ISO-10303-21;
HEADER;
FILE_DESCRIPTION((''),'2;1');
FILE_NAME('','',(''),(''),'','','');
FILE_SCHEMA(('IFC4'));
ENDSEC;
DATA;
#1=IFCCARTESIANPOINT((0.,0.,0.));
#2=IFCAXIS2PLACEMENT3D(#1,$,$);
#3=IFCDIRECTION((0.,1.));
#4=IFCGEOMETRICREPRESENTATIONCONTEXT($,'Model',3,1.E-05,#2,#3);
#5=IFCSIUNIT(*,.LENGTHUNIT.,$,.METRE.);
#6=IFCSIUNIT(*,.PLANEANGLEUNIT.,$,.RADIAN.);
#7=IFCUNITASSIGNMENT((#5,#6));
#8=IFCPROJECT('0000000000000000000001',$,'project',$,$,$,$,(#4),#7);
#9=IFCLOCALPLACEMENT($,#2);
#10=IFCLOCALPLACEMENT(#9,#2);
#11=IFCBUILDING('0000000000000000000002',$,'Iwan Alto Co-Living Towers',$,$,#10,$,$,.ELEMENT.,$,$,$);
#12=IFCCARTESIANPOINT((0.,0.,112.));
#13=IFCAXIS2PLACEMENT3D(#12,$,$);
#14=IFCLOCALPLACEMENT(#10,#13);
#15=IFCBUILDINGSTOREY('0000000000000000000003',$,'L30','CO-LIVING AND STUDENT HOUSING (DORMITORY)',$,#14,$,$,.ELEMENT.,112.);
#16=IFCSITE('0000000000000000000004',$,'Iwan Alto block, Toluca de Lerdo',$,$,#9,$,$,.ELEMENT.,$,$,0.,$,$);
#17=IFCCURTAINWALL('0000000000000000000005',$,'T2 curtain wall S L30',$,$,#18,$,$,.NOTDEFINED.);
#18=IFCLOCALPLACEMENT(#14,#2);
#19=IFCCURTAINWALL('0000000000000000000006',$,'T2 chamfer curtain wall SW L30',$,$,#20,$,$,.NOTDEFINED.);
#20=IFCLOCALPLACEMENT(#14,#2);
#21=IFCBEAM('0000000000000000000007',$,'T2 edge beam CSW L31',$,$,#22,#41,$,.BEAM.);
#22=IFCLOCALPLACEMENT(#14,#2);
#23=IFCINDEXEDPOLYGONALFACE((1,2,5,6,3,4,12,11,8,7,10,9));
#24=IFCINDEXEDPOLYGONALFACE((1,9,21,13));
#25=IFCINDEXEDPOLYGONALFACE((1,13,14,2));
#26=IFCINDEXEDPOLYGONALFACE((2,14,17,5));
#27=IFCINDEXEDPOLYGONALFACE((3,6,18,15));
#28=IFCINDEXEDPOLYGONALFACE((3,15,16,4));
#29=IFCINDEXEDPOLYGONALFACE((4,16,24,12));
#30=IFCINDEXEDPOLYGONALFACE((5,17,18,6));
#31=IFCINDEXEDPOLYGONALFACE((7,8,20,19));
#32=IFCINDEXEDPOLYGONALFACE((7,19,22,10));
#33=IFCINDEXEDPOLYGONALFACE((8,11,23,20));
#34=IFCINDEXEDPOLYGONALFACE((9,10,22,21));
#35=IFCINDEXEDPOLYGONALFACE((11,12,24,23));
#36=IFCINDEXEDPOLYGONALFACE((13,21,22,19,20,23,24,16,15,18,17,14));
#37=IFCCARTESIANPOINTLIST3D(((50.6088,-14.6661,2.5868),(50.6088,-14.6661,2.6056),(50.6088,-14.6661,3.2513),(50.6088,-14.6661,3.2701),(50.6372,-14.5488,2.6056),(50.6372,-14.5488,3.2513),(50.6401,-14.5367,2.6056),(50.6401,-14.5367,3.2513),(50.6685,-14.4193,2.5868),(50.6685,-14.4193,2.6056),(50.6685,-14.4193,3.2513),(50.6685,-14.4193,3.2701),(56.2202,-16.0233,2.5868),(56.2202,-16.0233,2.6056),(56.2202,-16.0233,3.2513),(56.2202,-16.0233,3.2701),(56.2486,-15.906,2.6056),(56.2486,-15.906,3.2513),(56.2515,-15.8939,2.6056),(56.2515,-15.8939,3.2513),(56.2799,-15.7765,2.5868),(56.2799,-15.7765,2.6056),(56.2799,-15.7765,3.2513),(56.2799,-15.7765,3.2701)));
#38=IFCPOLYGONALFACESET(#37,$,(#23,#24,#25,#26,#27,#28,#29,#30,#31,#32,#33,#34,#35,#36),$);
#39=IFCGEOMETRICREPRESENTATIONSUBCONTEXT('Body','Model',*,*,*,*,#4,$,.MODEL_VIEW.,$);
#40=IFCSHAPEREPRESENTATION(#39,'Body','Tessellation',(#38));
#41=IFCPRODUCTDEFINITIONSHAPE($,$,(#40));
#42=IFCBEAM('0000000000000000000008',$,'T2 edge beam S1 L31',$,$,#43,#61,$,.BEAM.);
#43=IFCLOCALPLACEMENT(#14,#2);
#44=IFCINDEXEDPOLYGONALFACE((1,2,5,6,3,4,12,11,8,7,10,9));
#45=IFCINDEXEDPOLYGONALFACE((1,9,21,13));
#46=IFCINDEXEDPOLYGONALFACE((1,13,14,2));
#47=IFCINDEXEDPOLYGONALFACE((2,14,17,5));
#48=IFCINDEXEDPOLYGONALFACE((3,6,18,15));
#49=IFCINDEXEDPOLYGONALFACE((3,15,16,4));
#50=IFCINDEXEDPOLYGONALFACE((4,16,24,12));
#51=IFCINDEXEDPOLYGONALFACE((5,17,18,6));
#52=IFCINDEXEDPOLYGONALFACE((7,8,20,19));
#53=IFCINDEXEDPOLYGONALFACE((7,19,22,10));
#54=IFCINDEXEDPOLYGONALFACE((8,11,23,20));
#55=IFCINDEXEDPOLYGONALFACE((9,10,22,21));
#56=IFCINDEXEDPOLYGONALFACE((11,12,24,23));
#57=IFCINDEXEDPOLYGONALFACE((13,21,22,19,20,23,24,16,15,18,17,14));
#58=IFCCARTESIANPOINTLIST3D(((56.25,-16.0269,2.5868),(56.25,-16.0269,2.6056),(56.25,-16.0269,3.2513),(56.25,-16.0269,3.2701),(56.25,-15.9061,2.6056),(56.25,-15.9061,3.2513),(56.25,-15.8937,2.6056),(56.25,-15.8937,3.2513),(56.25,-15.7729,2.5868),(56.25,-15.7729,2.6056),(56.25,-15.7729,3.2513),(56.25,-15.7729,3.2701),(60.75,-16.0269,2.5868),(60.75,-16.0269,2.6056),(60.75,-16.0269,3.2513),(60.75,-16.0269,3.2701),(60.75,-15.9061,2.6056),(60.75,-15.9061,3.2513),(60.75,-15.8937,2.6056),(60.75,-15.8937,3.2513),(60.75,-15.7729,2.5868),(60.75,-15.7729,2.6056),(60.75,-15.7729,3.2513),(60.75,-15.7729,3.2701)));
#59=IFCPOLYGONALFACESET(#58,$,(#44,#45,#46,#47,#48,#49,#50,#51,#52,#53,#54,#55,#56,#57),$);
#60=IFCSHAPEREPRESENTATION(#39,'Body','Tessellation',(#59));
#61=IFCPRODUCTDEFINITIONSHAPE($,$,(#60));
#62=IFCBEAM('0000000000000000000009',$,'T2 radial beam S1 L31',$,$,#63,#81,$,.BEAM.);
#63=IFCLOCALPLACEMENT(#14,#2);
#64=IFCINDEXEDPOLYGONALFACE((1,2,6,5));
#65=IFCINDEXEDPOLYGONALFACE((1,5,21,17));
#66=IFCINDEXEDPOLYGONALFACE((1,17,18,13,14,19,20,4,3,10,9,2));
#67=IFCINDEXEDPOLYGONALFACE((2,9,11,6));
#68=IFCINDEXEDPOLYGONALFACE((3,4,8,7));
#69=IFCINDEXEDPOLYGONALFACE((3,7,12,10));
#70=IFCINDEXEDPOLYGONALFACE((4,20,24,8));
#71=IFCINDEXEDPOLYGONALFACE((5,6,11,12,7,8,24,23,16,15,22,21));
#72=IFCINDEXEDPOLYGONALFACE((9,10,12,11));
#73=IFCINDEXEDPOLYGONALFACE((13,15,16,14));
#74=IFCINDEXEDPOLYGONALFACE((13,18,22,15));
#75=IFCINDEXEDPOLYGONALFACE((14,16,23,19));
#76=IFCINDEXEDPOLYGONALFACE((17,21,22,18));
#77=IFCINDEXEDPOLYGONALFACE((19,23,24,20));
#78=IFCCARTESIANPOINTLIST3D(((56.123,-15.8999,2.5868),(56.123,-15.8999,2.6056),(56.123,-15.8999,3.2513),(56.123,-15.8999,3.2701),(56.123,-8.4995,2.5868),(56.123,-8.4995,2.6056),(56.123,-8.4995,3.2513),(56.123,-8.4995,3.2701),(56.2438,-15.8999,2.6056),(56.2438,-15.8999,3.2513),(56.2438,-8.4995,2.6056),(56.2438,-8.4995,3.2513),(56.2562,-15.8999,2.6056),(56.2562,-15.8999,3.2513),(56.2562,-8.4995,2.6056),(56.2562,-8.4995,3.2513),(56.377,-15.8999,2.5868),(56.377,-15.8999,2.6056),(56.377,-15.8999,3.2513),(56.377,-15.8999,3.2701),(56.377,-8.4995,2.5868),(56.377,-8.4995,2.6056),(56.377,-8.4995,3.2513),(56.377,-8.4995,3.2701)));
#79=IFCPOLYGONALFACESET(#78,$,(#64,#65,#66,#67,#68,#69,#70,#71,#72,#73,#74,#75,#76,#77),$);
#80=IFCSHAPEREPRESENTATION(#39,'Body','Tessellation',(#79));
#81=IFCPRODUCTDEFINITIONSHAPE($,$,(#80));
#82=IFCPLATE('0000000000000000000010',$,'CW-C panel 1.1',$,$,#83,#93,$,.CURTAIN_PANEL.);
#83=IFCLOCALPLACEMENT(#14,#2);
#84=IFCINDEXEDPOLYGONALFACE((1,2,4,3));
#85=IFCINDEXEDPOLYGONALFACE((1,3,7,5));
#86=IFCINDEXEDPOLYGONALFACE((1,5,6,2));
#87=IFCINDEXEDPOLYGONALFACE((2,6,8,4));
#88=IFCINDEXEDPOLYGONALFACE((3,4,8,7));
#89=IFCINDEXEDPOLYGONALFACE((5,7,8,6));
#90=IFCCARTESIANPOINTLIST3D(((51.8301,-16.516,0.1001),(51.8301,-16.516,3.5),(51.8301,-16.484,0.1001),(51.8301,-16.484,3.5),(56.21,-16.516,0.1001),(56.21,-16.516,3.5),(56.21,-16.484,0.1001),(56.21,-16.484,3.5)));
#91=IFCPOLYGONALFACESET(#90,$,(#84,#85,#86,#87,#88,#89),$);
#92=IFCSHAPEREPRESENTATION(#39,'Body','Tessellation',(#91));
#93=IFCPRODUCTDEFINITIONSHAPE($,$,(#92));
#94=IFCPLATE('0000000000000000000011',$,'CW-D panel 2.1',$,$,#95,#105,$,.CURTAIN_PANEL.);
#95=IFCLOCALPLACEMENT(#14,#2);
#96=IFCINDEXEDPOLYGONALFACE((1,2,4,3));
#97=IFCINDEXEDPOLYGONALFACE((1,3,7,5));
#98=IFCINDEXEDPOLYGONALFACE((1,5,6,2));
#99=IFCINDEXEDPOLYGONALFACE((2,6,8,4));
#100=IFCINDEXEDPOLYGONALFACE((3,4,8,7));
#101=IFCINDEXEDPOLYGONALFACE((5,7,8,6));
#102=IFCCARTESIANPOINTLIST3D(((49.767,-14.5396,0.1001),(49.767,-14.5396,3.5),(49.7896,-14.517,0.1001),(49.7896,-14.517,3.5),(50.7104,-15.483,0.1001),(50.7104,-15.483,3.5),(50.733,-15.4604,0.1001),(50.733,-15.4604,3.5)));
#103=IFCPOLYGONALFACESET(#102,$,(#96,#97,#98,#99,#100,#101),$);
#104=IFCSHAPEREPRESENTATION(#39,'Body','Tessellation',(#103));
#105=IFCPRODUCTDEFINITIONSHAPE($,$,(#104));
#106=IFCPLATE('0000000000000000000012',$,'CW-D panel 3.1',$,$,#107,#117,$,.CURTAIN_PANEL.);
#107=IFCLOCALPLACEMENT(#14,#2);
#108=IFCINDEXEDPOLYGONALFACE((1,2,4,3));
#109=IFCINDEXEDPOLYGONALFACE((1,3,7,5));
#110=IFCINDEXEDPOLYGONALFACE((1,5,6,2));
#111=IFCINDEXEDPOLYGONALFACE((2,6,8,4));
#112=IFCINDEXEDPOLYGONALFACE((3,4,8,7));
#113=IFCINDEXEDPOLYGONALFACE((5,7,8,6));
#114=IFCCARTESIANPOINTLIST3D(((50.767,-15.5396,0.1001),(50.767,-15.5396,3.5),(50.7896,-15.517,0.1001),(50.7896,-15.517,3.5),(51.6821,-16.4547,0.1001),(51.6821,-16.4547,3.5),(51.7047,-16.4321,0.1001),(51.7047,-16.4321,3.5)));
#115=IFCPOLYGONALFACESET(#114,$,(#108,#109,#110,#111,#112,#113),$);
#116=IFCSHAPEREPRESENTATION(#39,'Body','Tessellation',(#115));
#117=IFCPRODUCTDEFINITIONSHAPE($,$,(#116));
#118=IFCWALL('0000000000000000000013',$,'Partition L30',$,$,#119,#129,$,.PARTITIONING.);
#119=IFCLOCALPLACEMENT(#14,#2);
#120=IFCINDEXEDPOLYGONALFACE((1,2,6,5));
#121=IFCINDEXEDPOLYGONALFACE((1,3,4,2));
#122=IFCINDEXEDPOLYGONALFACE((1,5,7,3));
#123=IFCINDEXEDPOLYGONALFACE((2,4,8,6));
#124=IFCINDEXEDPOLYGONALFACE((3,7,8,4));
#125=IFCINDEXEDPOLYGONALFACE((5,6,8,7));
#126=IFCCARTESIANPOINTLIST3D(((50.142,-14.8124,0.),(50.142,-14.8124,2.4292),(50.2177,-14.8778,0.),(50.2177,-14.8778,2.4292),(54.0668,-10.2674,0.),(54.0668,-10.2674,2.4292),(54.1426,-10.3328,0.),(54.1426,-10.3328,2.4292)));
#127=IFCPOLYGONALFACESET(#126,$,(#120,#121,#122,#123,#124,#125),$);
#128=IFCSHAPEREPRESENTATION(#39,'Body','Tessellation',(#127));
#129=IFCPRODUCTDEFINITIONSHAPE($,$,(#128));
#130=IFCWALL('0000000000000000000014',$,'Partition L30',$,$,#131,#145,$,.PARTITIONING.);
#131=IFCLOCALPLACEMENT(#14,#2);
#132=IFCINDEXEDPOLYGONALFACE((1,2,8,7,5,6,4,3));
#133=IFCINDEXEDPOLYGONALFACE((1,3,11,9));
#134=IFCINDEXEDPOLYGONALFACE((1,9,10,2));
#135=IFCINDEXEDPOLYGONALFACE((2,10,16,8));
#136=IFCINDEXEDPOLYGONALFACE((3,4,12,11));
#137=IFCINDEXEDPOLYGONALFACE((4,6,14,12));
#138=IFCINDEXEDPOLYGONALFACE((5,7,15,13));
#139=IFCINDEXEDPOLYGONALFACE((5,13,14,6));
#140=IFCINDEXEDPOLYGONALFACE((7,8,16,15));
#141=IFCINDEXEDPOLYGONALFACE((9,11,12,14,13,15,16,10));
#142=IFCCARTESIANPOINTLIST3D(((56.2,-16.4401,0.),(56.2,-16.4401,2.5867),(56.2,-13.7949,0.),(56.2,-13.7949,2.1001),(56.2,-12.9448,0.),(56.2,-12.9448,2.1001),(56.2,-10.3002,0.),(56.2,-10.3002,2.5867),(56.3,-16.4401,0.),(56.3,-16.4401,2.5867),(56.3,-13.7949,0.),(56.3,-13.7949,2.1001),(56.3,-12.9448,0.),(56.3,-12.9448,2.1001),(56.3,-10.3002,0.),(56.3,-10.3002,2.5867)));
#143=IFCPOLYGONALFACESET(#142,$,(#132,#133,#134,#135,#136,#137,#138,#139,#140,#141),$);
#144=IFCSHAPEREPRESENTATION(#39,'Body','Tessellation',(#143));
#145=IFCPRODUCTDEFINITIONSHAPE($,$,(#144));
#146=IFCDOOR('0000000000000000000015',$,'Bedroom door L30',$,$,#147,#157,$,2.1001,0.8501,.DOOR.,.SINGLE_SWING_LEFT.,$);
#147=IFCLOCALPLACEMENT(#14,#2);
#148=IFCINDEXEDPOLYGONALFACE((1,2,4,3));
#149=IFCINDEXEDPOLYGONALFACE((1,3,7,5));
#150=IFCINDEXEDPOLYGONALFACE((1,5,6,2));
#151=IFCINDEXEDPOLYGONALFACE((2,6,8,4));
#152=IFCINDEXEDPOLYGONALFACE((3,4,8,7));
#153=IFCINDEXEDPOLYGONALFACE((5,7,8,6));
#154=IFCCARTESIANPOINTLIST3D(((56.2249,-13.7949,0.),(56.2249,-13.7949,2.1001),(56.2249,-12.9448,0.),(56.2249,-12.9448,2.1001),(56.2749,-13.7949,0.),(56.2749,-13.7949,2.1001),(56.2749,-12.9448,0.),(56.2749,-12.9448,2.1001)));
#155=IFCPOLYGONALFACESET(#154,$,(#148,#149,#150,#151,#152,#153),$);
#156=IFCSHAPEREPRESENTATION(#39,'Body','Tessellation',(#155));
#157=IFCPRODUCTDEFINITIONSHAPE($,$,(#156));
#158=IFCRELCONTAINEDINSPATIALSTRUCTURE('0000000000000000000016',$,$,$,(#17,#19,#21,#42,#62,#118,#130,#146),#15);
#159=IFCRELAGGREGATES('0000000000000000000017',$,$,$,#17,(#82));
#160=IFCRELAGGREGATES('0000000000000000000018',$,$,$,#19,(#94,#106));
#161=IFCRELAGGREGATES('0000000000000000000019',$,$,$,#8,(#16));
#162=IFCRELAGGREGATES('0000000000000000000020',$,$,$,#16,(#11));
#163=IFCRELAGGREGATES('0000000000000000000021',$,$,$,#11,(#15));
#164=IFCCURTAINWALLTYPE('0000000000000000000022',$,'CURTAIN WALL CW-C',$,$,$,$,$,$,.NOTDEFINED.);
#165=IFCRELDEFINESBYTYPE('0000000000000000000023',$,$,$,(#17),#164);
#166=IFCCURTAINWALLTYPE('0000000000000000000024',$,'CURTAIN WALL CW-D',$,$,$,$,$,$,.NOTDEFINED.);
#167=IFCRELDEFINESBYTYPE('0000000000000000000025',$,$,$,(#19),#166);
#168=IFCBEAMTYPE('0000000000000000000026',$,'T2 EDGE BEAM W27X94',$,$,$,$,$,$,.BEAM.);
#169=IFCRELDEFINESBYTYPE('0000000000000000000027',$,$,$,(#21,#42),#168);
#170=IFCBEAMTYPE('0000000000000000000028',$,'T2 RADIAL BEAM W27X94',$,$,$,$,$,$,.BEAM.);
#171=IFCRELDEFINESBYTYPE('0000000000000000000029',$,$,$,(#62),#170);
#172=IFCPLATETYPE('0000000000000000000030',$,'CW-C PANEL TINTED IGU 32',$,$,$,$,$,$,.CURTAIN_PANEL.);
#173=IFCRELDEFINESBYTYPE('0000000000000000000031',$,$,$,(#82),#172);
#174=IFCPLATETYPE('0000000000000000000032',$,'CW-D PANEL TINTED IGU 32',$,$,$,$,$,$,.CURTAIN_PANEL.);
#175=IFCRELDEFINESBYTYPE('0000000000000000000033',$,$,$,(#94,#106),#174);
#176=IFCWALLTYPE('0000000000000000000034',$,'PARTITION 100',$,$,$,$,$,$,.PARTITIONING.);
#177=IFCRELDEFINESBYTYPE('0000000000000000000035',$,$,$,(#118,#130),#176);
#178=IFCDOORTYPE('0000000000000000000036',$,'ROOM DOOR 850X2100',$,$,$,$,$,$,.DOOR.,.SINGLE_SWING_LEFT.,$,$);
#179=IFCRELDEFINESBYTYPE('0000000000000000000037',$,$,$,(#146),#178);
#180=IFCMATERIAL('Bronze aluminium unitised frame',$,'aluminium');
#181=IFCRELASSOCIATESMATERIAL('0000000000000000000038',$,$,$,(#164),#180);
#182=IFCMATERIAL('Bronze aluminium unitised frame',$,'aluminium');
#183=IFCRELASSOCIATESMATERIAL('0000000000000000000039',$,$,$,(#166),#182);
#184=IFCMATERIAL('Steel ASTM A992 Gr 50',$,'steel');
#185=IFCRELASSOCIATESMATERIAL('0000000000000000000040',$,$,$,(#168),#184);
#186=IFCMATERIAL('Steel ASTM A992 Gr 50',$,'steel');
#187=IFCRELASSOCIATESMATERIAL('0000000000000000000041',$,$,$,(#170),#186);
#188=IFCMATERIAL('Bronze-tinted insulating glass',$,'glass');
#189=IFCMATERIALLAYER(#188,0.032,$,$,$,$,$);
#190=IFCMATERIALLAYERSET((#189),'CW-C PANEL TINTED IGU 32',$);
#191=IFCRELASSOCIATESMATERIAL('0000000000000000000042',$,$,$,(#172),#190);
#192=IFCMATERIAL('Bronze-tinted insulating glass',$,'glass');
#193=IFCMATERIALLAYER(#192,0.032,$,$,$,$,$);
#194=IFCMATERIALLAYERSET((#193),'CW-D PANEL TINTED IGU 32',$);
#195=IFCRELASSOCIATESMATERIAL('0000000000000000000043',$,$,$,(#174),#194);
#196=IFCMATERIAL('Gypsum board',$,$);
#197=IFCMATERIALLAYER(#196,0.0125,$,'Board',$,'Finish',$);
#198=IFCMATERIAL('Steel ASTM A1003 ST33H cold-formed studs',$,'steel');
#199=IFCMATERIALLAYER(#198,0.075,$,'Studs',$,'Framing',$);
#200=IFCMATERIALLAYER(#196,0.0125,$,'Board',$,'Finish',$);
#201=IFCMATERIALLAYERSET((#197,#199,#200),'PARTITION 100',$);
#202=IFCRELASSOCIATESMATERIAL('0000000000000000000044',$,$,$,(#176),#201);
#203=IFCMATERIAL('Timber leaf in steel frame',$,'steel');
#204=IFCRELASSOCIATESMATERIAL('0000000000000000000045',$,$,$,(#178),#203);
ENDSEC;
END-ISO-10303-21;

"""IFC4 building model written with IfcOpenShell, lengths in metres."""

from ifc_helpers import new_model, si_unit, direction, frame, frame_2d, origin, origin_2d, place, context, subcontext, project, spatial, rectangle, i_section, extrude, material, layer, layer_set, material_profile, profile_set, type_object, element, fill, aggregate, save


model = new_model("IFC4")

# Units and contexts
model_context = context("Model", 3, precision=1e-05, world=origin(), true_north=direction((0.0, 1.0)))
body_context = subcontext(model_context, "Body", "Model", "MODEL_VIEW")
ifc_project = project(units=[si_unit("LENGTHUNIT", "METRE"), si_unit("PLANEANGLEUNIT", "RADIAN")], contexts=[model_context])

# Site, building, storey
site_placement = place(None, origin())
site = spatial("IfcSite", under=ifc_project, at=site_placement, Name="Iwan Alto block, Toluca de Lerdo", CompositionType="ELEMENT", RefElevation=0.0)
building_placement = place(site_placement, origin())
building = spatial("IfcBuilding", under=site, at=building_placement, Name="Iwan Alto Co-Living Towers", CompositionType="ELEMENT")
storey_placement = place(building_placement, frame((0.0, 0.0, 112.0)))
storey = spatial("IfcBuildingStorey", under=building, at=storey_placement, Name="L30", Description="CO-LIVING AND STUDENT HOUSING (DORMITORY)", CompositionType="ELEMENT", Elevation=112.0)

# Curtain walls
ifc_material_1 = material(Name="Bronze aluminium unitised frame", Category="aluminium")
curtain_wall_type_1 = type_object("IfcCurtainWallType", Name="CURTAIN WALL CW-C", PredefinedType="NOTDEFINED", material=ifc_material_1)
curtain_wall_1_placement = place(storey_placement, origin())
curtain_wall_1 = element("IfcCurtainWall", 1, at=curtain_wall_1_placement, inside=storey, type_object=curtain_wall_type_1, Name="T2 curtain wall S L30", PredefinedType="NOTDEFINED")
ifc_material_2 = material(Name="Bronze aluminium unitised frame", Category="aluminium")
curtain_wall_type_2 = type_object("IfcCurtainWallType", Name="CURTAIN WALL CW-D", PredefinedType="NOTDEFINED", material=ifc_material_2)
curtain_wall_2_placement = place(storey_placement, origin())
curtain_wall_2 = element("IfcCurtainWall", 2, at=curtain_wall_2_placement, inside=storey, type_object=curtain_wall_type_2, Name="T2 chamfer curtain wall SW L30", PredefinedType="NOTDEFINED")

# Beams
ifc_material_3 = material(Name="Steel ASTM A992 Gr 50", Category="steel")
ifc_material_profile_1 = material_profile(ifc_material_3, i_section(OverallWidth=0.2539, OverallDepth=0.6833, WebThickness=0.0125, FlangeThickness=0.0188, at=origin_2d()), Name="W27X94")
ifc_profile_set_1 = profile_set([ifc_material_profile_1], Name="Steel ASTM A992 Gr 50")
beam_type_1 = type_object("IfcBeamType", Name="T2 EDGE BEAM W27X94", PredefinedType="BEAM", material=ifc_profile_set_1)
beam_1_placement = place(storey_placement, frame((50.6387, -14.5427, 2.9285), z_axis=(0.971975, -0.235086, 0.0), x_axis=(0.235086, 0.971975, 0.0)))
element("IfcBeam", 3, at=beam_1_placement, inside=storey, type_object=beam_type_1, Name="T2 edge beam CSW L31", PredefinedType="BEAM", context=body_context, shape_type="SweptSolid", body=[
    extrude(i_section(OverallWidth=0.2539, OverallDepth=0.6833, WebThickness=0.0125, FlangeThickness=0.0188, at=origin_2d()), origin(), (0.0, 0.0, 1.0), 5.7732),
])
beam_2_placement = place(storey_placement, frame((56.25, -15.8999, 2.9285), z_axis=(1.0, 0.0, 0.0), x_axis=(0.0, 1.0, 0.0)))
element("IfcBeam", 4, at=beam_2_placement, inside=storey, type_object=beam_type_1, Name="T2 edge beam S1 L31", PredefinedType="BEAM", context=body_context, shape_type="SweptSolid", body=[
    extrude(i_section(OverallWidth=0.2539, OverallDepth=0.6833, WebThickness=0.0125, FlangeThickness=0.0188, at=origin_2d()), origin(), (0.0, 0.0, 1.0), 4.5),
])
ifc_material_4 = material(Name="Steel ASTM A992 Gr 50", Category="steel")
ifc_material_profile_2 = material_profile(ifc_material_4, i_section(OverallWidth=0.2539, OverallDepth=0.6833, WebThickness=0.0125, FlangeThickness=0.0188, at=origin_2d()), Name="W27X94")
ifc_profile_set_2 = profile_set([ifc_material_profile_2], Name="Steel ASTM A992 Gr 50")
beam_type_2 = type_object("IfcBeamType", Name="T2 RADIAL BEAM W27X94", PredefinedType="BEAM", material=ifc_profile_set_2)
beam_3_placement = place(storey_placement, frame((56.25, -15.8999, 2.9285), z_axis=(0.0, 1.0, 0.0), x_axis=(-1.0, 0.0, 0.0)))
element("IfcBeam", 5, at=beam_3_placement, inside=storey, type_object=beam_type_2, Name="T2 radial beam S1 L31", PredefinedType="BEAM", context=body_context, shape_type="SweptSolid", body=[
    extrude(i_section(OverallWidth=0.2539, OverallDepth=0.6833, WebThickness=0.0125, FlangeThickness=0.0188, at=origin_2d()), origin(), (0.0, 0.0, 1.0), 7.4004),
])

# Plates
ifc_material_5 = material(Name="Bronze-tinted insulating glass", Category="glass")
ifc_layer_1 = layer(ifc_material_5, 0.032)
ifc_layer_set_1 = layer_set([ifc_layer_1], Name="CW-C PANEL TINTED IGU 32")
plate_type_1 = type_object("IfcPlateType", Name="CW-C PANEL TINTED IGU 32", PredefinedType="CURTAIN_PANEL", material=ifc_layer_set_1)
plate_1_placement = place(storey_placement, frame((54.02, -16.5, 0.1001), z_axis=(0.0, 0.0, 1.0), x_axis=(1.0, 0.0, 0.0)))
plate_1 = element("IfcPlate", 6, at=plate_1_placement, type_object=plate_type_1, Name="CW-C panel 1.1", PredefinedType="CURTAIN_PANEL", context=body_context, shape_type="SweptSolid", body=[
    extrude(rectangle(XDim=4.3799, YDim=0.032, at=origin_2d()), origin(), (0.0, 0.0, 1.0), 3.3999),
])
aggregate(curtain_wall_1, [plate_1])
ifc_material_6 = material(Name="Bronze-tinted insulating glass", Category="glass")
ifc_layer_2 = layer(ifc_material_6, 0.032)
ifc_layer_set_2 = layer_set([ifc_layer_2], Name="CW-D PANEL TINTED IGU 32")
plate_type_2 = type_object("IfcPlateType", Name="CW-D PANEL TINTED IGU 32", PredefinedType="CURTAIN_PANEL", material=ifc_layer_set_2)
plate_2_placement = place(storey_placement, frame((50.25, -15.0, 0.1001), z_axis=(0.0, 0.0, 1.0), x_axis=(0.707107, -0.707107, 0.0)))
plate_2 = element("IfcPlate", 7, at=plate_2_placement, type_object=plate_type_2, Name="CW-D panel 2.1", PredefinedType="CURTAIN_PANEL", context=body_context, shape_type="SweptSolid", body=[
    extrude(rectangle(XDim=1.3342, YDim=0.032, at=origin_2d()), origin(), (0.0, 0.0, 1.0), 3.3999),
])
plate_3_placement = place(storey_placement, frame((51.2358, -15.9858, 0.1001), z_axis=(0.0, 0.0, 1.0), x_axis=(0.707107, -0.707107, 0.0)))
plate_3 = element("IfcPlate", 8, at=plate_3_placement, type_object=plate_type_2, Name="CW-D panel 3.1", PredefinedType="CURTAIN_PANEL", context=body_context, shape_type="SweptSolid", body=[
    extrude(rectangle(XDim=1.2942, YDim=0.032, at=origin_2d()), origin(), (0.0, 0.0, 1.0), 3.3999),
])
aggregate(curtain_wall_2, [plate_2, plate_3])

# Wall
ifc_material_7 = material(Name="Gypsum board")
ifc_layer_3 = layer(ifc_material_7, 0.0125, Name="Board", Category="Finish")
ifc_material_8 = material(Name="Steel ASTM A1003 ST33H cold-formed studs", Category="steel")
ifc_layer_4 = layer(ifc_material_8, 0.075, Name="Studs", Category="Framing")
ifc_layer_5 = layer(ifc_material_7, 0.0125, Name="Board", Category="Finish")
ifc_layer_set_3 = layer_set([ifc_layer_3, ifc_layer_4, ifc_layer_5], Name="PARTITION 100")
wall_type = type_object("IfcWallType", Name="PARTITION 100", PredefinedType="PARTITIONING", material=ifc_layer_set_3)
wall_1_placement = place(storey_placement, frame((50.1799, -14.845, 0.0), z_axis=(0.0, 0.0, 1.0), x_axis=(0.653586, 0.756852, 0.0)))
element("IfcWall", 9, at=wall_1_placement, inside=storey, type_object=wall_type, Name="Partition L30", PredefinedType="PARTITIONING", context=body_context, shape_type="SweptSolid", body=[
    extrude(rectangle(XDim=6.0051, YDim=0.1001, at=frame_2d((3.0024, 0.0))), origin(), (0.0, 0.0, 1.0), 2.4292),
])

# Wall, opening, door
wall_2_placement = place(storey_placement, frame((56.25, -16.4399, 0.0), z_axis=(0.0, 0.0, 1.0), x_axis=(0.0, 1.0, 0.0)))
wall_2 = element("IfcWall", 10, at=wall_2_placement, inside=storey, type_object=wall_type, Name="Partition L30", PredefinedType="PARTITIONING", context=body_context, shape_type="SweptSolid", body=[
    extrude(rectangle(XDim=6.1399, YDim=0.1001, at=frame_2d((3.0698, 0.0))), origin(), (0.0, 0.0, 1.0), 2.5867),
])
opening_placement = place(wall_2_placement, frame((2.645, 0.0, 0.0)))
opening = element("IfcOpeningElement", 11, at=opening_placement, cuts=wall_2, PredefinedType="OPENING", context=body_context, shape_type="SweptSolid", body=[
    extrude(rectangle(XDim=0.8501, YDim=2.1001, at=frame_2d((0.425, 1.05))), frame((0.0, 0.0601, 0.0), z_axis=(0.0, -1.0, 0.0), x_axis=(1.0, 0.0, 0.0)), (0.0, 0.0, 1.0), 0.1201),
])
ifc_material_9 = material(Name="Timber leaf in steel frame", Category="steel")
door_type = type_object("IfcDoorType", Name="ROOM DOOR 850X2100", OperationType="SINGLE_SWING_LEFT", PredefinedType="DOOR", material=ifc_material_9)
door_placement = place(opening_placement, frame((0.8501, 0.0, 0.0), z_axis=(0.0, 0.0, 1.0), x_axis=(-1.0, 0.0, 0.0)))
door = element("IfcDoor", 12, at=door_placement, inside=storey, type_object=door_type, Name="Bedroom door L30", OperationType="SINGLE_SWING_LEFT", OverallHeight=2.1001, OverallWidth=0.8501, PredefinedType="DOOR", context=body_context, shape_type="SweptSolid", body=[
    extrude(rectangle(XDim=0.8501, YDim=2.1001, at=frame_2d((0.425, 1.05))), frame((0.0, 0.0249, 0.0), z_axis=(0.0, -1.0, 0.0), x_axis=(1.0, 0.0, 0.0)), (0.0, 0.0, 1.0), 0.05),
])
fill(opening, door)

save(model, "model.ifc")
